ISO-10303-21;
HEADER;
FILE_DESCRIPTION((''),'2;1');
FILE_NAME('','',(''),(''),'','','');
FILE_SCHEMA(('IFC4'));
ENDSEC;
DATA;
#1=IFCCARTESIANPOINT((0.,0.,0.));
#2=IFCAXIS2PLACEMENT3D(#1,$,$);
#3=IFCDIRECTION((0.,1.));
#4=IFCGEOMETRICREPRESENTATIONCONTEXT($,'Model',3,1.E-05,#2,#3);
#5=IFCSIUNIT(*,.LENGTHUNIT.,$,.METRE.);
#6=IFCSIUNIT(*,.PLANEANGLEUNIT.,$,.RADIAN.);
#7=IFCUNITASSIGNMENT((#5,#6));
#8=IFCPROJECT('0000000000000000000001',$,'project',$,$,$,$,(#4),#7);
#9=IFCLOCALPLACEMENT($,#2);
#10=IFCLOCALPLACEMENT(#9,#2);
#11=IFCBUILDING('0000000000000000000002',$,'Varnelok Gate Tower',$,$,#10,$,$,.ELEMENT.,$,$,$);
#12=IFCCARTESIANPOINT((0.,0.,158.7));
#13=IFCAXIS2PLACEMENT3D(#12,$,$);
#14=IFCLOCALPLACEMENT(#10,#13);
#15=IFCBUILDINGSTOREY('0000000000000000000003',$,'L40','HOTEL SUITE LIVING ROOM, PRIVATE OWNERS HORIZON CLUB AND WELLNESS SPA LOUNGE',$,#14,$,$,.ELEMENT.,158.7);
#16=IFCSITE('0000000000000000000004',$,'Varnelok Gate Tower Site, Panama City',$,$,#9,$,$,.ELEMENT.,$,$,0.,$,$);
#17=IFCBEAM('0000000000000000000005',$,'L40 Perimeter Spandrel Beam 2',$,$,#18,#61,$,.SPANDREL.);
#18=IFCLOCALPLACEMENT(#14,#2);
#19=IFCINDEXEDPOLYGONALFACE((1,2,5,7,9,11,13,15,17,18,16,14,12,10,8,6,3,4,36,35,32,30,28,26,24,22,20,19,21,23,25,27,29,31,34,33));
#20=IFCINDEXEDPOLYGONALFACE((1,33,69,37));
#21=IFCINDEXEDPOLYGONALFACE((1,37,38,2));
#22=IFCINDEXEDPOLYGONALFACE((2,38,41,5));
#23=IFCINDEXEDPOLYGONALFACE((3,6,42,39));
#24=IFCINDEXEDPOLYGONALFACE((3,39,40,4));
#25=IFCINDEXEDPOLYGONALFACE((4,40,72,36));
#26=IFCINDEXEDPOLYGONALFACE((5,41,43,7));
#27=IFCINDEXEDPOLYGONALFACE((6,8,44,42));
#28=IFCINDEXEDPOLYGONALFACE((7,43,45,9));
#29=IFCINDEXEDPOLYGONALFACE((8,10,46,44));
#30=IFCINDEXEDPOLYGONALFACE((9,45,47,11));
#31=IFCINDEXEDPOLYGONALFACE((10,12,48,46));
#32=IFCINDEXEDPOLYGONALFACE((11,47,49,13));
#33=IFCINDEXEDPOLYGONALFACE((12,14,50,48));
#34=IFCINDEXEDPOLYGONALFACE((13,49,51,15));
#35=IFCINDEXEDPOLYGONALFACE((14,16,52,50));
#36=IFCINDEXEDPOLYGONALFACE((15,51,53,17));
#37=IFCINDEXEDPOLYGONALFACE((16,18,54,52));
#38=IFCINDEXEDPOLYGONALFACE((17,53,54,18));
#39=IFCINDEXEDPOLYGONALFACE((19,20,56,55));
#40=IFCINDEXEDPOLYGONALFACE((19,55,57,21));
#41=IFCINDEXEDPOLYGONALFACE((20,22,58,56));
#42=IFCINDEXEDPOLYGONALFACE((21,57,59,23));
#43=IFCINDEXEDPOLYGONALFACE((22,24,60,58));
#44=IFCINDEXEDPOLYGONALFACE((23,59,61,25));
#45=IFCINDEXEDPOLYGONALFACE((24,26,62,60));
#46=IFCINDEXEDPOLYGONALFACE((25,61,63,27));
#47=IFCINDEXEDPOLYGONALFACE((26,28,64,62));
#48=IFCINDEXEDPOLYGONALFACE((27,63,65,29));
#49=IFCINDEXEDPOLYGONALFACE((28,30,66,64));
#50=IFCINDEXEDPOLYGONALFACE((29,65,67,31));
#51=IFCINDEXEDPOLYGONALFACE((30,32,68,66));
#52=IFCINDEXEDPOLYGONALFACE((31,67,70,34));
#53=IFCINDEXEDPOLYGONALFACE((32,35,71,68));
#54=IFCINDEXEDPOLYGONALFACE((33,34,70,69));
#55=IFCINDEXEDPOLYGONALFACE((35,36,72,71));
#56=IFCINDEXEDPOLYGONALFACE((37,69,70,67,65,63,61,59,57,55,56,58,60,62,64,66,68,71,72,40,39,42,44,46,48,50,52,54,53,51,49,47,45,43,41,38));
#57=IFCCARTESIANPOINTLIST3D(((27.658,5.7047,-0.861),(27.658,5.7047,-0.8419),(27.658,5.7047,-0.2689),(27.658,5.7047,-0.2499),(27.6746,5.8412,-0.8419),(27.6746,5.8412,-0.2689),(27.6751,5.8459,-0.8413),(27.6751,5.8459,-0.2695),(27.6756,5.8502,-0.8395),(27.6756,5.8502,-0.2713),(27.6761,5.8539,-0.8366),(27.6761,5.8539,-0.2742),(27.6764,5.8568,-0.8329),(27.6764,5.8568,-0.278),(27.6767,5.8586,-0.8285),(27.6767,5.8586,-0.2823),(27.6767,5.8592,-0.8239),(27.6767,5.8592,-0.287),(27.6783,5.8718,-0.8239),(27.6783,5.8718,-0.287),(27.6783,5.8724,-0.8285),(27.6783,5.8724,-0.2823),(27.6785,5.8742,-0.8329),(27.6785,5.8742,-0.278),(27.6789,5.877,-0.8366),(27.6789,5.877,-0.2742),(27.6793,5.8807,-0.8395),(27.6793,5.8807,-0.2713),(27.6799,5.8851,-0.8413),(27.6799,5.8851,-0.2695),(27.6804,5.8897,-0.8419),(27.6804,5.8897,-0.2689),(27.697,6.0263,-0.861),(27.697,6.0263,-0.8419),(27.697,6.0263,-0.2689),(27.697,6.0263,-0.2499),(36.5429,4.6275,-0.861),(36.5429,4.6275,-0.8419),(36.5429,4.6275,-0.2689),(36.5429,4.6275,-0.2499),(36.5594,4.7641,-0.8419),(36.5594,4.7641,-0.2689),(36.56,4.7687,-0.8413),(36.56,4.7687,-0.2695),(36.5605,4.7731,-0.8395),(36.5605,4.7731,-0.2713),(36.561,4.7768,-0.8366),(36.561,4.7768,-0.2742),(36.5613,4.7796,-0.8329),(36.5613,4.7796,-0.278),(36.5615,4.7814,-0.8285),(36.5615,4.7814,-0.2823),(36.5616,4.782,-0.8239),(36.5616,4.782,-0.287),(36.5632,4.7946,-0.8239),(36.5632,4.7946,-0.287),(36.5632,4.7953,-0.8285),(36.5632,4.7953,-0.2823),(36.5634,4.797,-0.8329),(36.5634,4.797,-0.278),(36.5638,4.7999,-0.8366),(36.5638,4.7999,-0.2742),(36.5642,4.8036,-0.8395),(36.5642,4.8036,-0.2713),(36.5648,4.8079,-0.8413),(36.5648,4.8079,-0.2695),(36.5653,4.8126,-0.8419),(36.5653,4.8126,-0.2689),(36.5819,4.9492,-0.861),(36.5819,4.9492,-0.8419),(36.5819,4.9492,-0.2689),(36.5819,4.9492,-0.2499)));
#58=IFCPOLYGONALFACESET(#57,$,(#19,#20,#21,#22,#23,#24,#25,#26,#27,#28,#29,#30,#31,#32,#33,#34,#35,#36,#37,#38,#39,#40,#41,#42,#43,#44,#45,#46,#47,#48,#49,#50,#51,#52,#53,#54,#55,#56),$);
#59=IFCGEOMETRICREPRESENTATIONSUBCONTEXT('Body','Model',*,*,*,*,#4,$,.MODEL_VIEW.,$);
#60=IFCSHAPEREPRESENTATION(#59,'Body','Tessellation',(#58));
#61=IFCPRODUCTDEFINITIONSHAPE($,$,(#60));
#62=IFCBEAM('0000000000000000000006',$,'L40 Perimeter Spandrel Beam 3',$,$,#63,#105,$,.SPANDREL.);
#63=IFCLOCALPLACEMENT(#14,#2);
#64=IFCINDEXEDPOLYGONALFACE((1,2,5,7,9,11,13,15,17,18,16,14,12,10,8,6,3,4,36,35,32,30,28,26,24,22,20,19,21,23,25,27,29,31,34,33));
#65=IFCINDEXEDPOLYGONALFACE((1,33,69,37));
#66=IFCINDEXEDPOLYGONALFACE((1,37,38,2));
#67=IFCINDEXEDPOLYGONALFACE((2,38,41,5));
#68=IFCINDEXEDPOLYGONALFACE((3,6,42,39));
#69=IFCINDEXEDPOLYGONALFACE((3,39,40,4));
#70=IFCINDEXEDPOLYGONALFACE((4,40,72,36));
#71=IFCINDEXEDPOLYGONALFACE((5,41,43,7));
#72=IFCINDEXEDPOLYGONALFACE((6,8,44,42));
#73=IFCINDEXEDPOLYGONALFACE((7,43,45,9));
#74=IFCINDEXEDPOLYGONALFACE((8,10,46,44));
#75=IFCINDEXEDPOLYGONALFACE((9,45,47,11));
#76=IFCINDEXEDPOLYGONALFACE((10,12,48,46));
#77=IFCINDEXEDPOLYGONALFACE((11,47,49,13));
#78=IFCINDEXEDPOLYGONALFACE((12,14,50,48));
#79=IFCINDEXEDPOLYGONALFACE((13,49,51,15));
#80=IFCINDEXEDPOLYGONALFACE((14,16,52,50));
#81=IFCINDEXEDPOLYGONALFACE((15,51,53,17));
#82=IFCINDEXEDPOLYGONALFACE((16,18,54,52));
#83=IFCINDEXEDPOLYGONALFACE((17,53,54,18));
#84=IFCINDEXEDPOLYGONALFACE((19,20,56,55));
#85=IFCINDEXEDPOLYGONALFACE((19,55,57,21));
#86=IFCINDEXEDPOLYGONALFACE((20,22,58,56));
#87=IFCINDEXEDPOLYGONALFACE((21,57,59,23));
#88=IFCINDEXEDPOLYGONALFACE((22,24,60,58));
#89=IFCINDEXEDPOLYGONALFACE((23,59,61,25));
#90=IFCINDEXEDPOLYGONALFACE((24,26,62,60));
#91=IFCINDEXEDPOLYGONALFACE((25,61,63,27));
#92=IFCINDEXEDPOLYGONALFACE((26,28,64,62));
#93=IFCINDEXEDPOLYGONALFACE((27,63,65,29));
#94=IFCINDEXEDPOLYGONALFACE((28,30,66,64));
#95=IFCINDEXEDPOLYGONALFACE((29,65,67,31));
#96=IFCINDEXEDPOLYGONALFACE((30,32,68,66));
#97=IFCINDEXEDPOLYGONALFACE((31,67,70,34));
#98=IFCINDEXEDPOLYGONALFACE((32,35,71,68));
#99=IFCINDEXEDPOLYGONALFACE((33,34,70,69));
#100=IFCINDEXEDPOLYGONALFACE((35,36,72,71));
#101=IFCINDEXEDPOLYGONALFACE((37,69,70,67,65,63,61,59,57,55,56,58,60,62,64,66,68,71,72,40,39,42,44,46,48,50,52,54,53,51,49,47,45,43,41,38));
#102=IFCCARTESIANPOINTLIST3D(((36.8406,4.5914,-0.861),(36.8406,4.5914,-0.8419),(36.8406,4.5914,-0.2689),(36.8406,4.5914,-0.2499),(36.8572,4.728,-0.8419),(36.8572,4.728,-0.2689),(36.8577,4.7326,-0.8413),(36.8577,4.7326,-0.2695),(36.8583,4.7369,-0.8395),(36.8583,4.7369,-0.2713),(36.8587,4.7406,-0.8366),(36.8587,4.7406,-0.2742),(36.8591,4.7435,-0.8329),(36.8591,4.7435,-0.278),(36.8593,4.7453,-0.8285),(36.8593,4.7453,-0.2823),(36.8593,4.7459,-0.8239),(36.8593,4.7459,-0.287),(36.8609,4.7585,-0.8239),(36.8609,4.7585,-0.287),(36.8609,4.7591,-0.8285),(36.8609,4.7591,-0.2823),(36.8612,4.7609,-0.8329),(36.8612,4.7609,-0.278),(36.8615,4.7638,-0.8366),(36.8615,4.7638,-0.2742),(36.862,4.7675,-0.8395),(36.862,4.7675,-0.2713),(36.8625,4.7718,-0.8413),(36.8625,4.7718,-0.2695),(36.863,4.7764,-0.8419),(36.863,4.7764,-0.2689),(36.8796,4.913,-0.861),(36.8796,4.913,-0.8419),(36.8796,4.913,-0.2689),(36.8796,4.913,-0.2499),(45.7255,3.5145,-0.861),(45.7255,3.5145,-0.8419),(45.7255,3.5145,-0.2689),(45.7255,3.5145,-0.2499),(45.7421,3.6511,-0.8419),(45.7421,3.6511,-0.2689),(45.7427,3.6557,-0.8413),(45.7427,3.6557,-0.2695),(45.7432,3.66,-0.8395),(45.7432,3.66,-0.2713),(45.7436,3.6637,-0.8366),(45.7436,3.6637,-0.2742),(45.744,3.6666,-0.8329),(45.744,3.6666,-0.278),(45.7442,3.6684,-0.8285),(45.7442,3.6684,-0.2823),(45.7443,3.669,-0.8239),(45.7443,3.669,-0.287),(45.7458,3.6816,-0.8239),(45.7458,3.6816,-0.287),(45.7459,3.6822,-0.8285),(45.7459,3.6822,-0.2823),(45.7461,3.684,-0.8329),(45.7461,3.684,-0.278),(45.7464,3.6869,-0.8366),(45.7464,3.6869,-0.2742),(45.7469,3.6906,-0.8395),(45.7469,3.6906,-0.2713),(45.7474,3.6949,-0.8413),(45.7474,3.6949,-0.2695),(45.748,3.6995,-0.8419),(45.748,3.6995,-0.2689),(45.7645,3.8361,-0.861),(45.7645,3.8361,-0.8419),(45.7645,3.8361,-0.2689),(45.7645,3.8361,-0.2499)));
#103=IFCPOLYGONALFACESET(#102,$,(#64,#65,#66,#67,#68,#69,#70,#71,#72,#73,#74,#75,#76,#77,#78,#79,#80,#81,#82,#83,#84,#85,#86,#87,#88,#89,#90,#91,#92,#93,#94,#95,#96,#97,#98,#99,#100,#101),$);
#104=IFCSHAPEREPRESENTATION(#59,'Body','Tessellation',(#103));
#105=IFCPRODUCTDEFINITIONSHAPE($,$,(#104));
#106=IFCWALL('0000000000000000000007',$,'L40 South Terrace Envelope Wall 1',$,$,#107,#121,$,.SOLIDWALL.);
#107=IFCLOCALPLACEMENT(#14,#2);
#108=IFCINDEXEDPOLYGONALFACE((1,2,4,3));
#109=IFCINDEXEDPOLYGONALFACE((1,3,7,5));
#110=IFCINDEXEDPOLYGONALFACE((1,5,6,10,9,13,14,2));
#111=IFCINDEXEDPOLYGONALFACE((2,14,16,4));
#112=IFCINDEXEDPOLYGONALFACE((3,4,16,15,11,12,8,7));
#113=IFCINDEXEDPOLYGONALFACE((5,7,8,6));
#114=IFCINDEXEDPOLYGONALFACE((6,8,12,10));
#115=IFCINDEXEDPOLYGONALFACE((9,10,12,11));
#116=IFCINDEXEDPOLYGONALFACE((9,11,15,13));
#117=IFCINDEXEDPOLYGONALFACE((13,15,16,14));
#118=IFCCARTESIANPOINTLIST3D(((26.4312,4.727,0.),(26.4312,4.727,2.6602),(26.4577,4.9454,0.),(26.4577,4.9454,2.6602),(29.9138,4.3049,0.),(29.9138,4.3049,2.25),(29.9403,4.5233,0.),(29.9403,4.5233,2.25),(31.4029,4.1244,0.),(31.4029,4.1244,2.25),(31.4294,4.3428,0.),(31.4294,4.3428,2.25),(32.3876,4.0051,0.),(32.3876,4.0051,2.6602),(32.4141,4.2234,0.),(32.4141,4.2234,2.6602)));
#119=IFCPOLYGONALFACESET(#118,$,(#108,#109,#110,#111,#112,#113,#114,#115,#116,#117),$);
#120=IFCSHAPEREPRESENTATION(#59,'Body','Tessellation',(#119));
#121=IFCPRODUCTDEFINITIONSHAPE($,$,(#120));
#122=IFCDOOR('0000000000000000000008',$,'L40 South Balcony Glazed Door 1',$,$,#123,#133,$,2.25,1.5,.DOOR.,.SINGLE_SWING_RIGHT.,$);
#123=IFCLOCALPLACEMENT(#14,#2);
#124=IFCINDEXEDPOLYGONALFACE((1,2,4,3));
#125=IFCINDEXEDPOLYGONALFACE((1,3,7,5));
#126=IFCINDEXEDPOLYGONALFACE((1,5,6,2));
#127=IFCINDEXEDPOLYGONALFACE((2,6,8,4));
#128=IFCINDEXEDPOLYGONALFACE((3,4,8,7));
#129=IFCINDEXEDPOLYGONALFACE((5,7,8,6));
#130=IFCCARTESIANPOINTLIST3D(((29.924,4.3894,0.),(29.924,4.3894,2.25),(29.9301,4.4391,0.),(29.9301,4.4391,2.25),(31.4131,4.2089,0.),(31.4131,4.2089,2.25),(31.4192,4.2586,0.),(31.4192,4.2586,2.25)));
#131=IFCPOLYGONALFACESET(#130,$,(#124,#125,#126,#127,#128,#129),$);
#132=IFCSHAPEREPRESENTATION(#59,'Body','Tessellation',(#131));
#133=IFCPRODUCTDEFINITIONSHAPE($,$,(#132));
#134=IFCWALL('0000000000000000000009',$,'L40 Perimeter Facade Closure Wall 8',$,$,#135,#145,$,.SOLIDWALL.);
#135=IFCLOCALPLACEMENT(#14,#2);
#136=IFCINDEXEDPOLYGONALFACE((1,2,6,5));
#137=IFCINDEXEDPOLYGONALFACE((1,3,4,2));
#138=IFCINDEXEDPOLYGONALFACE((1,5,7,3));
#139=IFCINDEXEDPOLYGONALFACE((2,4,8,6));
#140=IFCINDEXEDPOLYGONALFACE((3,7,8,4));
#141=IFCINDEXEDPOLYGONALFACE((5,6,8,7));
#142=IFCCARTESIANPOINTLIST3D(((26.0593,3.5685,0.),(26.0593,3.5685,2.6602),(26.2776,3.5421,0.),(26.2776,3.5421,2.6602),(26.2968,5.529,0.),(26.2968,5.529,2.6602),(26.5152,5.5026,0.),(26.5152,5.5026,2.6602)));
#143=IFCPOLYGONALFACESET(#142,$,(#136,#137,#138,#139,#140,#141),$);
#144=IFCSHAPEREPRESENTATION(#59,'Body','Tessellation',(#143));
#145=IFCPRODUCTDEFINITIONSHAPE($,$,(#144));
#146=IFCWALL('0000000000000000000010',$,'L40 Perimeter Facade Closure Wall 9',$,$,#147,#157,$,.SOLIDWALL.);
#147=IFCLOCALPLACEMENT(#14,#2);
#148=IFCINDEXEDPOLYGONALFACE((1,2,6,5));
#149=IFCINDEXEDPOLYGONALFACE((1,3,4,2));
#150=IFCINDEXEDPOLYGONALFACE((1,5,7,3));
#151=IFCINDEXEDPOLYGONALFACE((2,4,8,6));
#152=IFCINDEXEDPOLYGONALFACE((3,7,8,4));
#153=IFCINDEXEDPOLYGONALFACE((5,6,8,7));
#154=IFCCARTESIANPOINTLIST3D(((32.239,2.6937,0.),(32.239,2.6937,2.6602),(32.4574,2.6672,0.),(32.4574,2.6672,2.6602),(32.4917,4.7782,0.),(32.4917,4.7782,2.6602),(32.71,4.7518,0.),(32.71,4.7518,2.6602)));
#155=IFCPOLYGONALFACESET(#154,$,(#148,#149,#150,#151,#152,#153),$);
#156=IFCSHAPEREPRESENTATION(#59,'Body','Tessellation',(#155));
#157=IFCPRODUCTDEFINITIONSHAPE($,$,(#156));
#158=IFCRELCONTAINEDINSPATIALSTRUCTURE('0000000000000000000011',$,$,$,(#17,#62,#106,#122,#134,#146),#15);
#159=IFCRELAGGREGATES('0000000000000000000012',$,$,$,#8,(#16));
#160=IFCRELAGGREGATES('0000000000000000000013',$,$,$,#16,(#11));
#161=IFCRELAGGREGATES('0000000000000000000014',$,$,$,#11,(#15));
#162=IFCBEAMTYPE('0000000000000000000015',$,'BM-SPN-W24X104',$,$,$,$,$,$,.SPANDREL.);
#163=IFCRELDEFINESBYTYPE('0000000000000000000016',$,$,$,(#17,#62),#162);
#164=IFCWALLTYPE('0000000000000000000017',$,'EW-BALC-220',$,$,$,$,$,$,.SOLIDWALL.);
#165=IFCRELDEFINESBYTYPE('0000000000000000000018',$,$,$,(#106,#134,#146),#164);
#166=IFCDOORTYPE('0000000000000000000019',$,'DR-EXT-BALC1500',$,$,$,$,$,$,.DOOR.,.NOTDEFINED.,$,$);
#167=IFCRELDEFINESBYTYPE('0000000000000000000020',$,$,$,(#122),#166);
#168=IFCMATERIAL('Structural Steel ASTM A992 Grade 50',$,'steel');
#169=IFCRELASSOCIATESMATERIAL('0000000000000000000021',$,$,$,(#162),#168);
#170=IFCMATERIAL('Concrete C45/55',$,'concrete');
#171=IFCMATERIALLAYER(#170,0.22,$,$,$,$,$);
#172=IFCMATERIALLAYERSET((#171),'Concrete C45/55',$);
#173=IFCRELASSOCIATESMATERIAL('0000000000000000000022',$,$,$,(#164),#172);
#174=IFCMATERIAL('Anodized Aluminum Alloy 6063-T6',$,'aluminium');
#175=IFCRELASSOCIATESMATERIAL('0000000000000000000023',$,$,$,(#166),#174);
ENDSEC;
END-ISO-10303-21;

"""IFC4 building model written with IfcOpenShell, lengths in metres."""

from ifc_helpers import new_model, si_unit, direction, frame, frame_2d, origin, origin_2d, place, context, subcontext, project, spatial, rectangle, i_section, extrude, material, layer, layer_set, material_profile, profile_set, type_object, element, fill, save


model = new_model("IFC4")

# Units and contexts
model_context = context("Model", 3, precision=1e-05, world=origin(), true_north=direction((0.0, 1.0)))
body_context = subcontext(model_context, "Body", "Model", "MODEL_VIEW")
ifc_project = project(units=[si_unit("LENGTHUNIT", "METRE"), si_unit("PLANEANGLEUNIT", "RADIAN")], contexts=[model_context])

# Site, building, storey
site_placement = place(None, origin())
site = spatial("IfcSite", under=ifc_project, at=site_placement, Name="Varnelok Gate Tower Site, Panama City", CompositionType="ELEMENT", RefElevation=0.0)
building_placement = place(site_placement, origin())
building = spatial("IfcBuilding", under=site, at=building_placement, Name="Varnelok Gate Tower", CompositionType="ELEMENT")
storey_placement = place(building_placement, frame((0.0, 0.0, 158.7)))
storey = spatial("IfcBuildingStorey", under=building, at=storey_placement, Name="L40", Description="HOTEL SUITE LIVING ROOM, PRIVATE OWNERS HORIZON CLUB AND WELLNESS SPA LOUNGE", CompositionType="ELEMENT", Elevation=158.7)

# Shared definitions
ifc_material_1 = material(Name="Structural Steel ASTM A992 Grade 50", Category="steel")

# Beams
ifc_material_profile_1 = material_profile(ifc_material_1, i_section(OverallWidth=0.324, OverallDepth=0.6111, WebThickness=0.0127, FlangeThickness=0.019, FilletRadius=0.0181, at=origin_2d()), Name="W24X104")
ifc_profile_set_1 = profile_set([ifc_material_profile_1], Name="Structural Steel ASTM A992 Grade 50")
beam_type_1 = type_object("IfcBeamType", Name="BM-SPN-W24X104", PredefinedType="SPANDREL", material=ifc_profile_set_1)
for number, where, z_axis, x_axis, name in (
    (1, (27.6775, 5.8655, -0.5554), (0.992731, -0.120351, 0.0), (0.120351, 0.992731, 0.0), "L40 Perimeter Spandrel Beam 2"),
    (2, (36.8601, 4.7522, -0.5554), (0.992735, -0.120324, 0.0), (0.120324, 0.992735, 0.0), "L40 Perimeter Spandrel Beam 3"),
):
    element("IfcBeam", number, at=place(storey_placement, frame(where, z_axis=z_axis, x_axis=x_axis)), inside=storey, type_object=beam_type_1, Name=name, PredefinedType="SPANDREL", context=body_context, shape_type="SweptSolid", body=[
        extrude(i_section(OverallWidth=0.324, OverallDepth=0.6111, WebThickness=0.0127, FlangeThickness=0.019, FilletRadius=0.0181, at=origin_2d()), origin(), (0.0, 0.0, 1.0), 8.95),
    ])

# Wall, opening, door
ifc_material_2 = material(Name="Concrete C45/55", Category="concrete")
ifc_layer_1 = layer(ifc_material_2, 0.22)
ifc_layer_set_1 = layer_set([ifc_layer_1], Name="Concrete C45/55")
wall_type_1 = type_object("IfcWallType", Name="EW-BALC-220", PredefinedType="SOLIDWALL", material=ifc_layer_set_1)
wall_1_placement = place(storey_placement, frame((32.4009, 4.1143, 0.0), z_axis=(0.0, 0.0, 1.0), x_axis=(-0.992735, 0.120323, 0.0)))
wall_1 = element("IfcWall", 3, at=wall_1_placement, inside=storey, type_object=wall_type_1, Name="L40 South Terrace Envelope Wall 1", PredefinedType="SOLIDWALL", context=body_context, shape_type="SweptSolid", body=[
    extrude(rectangle(XDim=6.0, YDim=0.22, at=frame_2d((3.0, 0.0))), origin(), (0.0, 0.0, 1.0), 2.6602),
])
opening_1_placement = place(wall_1_placement, frame((0.9919, 0.0, 0.0)))
opening_1 = element("IfcOpeningElement", 4, at=opening_1_placement, cuts=wall_1, PredefinedType="OPENING", context=body_context, shape_type="SweptSolid", body=[
    extrude(rectangle(XDim=1.5, YDim=2.25, at=frame_2d((0.75, 1.125))), frame((0.0, 0.1199, 0.0), z_axis=(0.0, -1.0, 0.0), x_axis=(1.0, 0.0, 0.0)), (0.0, 0.0, 1.0), 0.24),
])
ifc_material_3 = material(Name="Anodized Aluminum Alloy 6063-T6", Category="aluminium")
door_type_1 = type_object("IfcDoorType", Name="DR-EXT-BALC1500", OperationType="NOTDEFINED", PredefinedType="DOOR", material=ifc_material_3)
door_1_placement = place(opening_1_placement, origin())
door_1 = element("IfcDoor", 5, at=door_1_placement, inside=storey, type_object=door_type_1, Name="L40 South Balcony Glazed Door 1", OperationType="SINGLE_SWING_RIGHT", OverallHeight=2.25, OverallWidth=1.5, PredefinedType="DOOR", context=body_context, shape_type="SweptSolid", body=[
    extrude(rectangle(XDim=1.5, YDim=2.25, at=frame_2d((0.75, 1.125))), frame((0.0, 0.0249, 0.0), z_axis=(0.0, -1.0, 0.0), x_axis=(1.0, 0.0, 0.0)), (0.0, 0.0, 1.0), 0.05),
])
fill(opening_1, door_1)

# Walls
wall_2_placement = place(storey_placement, frame((26.1685, 3.5554, 0.0), z_axis=(0.0, 0.0, 1.0), x_axis=(0.120291, 0.992739, 0.0)))
element("IfcWall", 6, at=wall_2_placement, inside=storey, type_object=wall_type_1, Name="L40 Perimeter Facade Closure Wall 8", PredefinedType="SOLIDWALL", context=body_context, shape_type="SweptSolid", body=[
    extrude(rectangle(XDim=1.9749, YDim=0.22, at=frame_2d((0.9873, 0.0))), origin(), (0.0, 0.0, 1.0), 2.6602),
])
wall_3_placement = place(storey_placement, frame((32.6008, 4.7649, 0.0), z_axis=(0.0, 0.0, 1.0), x_axis=(-0.120328, -0.992734, 0.0)))
element("IfcWall", 7, at=wall_3_placement, inside=storey, type_object=wall_type_1, Name="L40 Perimeter Facade Closure Wall 9", PredefinedType="SOLIDWALL", context=body_context, shape_type="SweptSolid", body=[
    extrude(rectangle(XDim=2.0999, YDim=0.22, at=frame_2d((1.0498, 0.0))), origin(), (0.0, 0.0, 1.0), 2.6602),
])

save(model, "model.ifc")
